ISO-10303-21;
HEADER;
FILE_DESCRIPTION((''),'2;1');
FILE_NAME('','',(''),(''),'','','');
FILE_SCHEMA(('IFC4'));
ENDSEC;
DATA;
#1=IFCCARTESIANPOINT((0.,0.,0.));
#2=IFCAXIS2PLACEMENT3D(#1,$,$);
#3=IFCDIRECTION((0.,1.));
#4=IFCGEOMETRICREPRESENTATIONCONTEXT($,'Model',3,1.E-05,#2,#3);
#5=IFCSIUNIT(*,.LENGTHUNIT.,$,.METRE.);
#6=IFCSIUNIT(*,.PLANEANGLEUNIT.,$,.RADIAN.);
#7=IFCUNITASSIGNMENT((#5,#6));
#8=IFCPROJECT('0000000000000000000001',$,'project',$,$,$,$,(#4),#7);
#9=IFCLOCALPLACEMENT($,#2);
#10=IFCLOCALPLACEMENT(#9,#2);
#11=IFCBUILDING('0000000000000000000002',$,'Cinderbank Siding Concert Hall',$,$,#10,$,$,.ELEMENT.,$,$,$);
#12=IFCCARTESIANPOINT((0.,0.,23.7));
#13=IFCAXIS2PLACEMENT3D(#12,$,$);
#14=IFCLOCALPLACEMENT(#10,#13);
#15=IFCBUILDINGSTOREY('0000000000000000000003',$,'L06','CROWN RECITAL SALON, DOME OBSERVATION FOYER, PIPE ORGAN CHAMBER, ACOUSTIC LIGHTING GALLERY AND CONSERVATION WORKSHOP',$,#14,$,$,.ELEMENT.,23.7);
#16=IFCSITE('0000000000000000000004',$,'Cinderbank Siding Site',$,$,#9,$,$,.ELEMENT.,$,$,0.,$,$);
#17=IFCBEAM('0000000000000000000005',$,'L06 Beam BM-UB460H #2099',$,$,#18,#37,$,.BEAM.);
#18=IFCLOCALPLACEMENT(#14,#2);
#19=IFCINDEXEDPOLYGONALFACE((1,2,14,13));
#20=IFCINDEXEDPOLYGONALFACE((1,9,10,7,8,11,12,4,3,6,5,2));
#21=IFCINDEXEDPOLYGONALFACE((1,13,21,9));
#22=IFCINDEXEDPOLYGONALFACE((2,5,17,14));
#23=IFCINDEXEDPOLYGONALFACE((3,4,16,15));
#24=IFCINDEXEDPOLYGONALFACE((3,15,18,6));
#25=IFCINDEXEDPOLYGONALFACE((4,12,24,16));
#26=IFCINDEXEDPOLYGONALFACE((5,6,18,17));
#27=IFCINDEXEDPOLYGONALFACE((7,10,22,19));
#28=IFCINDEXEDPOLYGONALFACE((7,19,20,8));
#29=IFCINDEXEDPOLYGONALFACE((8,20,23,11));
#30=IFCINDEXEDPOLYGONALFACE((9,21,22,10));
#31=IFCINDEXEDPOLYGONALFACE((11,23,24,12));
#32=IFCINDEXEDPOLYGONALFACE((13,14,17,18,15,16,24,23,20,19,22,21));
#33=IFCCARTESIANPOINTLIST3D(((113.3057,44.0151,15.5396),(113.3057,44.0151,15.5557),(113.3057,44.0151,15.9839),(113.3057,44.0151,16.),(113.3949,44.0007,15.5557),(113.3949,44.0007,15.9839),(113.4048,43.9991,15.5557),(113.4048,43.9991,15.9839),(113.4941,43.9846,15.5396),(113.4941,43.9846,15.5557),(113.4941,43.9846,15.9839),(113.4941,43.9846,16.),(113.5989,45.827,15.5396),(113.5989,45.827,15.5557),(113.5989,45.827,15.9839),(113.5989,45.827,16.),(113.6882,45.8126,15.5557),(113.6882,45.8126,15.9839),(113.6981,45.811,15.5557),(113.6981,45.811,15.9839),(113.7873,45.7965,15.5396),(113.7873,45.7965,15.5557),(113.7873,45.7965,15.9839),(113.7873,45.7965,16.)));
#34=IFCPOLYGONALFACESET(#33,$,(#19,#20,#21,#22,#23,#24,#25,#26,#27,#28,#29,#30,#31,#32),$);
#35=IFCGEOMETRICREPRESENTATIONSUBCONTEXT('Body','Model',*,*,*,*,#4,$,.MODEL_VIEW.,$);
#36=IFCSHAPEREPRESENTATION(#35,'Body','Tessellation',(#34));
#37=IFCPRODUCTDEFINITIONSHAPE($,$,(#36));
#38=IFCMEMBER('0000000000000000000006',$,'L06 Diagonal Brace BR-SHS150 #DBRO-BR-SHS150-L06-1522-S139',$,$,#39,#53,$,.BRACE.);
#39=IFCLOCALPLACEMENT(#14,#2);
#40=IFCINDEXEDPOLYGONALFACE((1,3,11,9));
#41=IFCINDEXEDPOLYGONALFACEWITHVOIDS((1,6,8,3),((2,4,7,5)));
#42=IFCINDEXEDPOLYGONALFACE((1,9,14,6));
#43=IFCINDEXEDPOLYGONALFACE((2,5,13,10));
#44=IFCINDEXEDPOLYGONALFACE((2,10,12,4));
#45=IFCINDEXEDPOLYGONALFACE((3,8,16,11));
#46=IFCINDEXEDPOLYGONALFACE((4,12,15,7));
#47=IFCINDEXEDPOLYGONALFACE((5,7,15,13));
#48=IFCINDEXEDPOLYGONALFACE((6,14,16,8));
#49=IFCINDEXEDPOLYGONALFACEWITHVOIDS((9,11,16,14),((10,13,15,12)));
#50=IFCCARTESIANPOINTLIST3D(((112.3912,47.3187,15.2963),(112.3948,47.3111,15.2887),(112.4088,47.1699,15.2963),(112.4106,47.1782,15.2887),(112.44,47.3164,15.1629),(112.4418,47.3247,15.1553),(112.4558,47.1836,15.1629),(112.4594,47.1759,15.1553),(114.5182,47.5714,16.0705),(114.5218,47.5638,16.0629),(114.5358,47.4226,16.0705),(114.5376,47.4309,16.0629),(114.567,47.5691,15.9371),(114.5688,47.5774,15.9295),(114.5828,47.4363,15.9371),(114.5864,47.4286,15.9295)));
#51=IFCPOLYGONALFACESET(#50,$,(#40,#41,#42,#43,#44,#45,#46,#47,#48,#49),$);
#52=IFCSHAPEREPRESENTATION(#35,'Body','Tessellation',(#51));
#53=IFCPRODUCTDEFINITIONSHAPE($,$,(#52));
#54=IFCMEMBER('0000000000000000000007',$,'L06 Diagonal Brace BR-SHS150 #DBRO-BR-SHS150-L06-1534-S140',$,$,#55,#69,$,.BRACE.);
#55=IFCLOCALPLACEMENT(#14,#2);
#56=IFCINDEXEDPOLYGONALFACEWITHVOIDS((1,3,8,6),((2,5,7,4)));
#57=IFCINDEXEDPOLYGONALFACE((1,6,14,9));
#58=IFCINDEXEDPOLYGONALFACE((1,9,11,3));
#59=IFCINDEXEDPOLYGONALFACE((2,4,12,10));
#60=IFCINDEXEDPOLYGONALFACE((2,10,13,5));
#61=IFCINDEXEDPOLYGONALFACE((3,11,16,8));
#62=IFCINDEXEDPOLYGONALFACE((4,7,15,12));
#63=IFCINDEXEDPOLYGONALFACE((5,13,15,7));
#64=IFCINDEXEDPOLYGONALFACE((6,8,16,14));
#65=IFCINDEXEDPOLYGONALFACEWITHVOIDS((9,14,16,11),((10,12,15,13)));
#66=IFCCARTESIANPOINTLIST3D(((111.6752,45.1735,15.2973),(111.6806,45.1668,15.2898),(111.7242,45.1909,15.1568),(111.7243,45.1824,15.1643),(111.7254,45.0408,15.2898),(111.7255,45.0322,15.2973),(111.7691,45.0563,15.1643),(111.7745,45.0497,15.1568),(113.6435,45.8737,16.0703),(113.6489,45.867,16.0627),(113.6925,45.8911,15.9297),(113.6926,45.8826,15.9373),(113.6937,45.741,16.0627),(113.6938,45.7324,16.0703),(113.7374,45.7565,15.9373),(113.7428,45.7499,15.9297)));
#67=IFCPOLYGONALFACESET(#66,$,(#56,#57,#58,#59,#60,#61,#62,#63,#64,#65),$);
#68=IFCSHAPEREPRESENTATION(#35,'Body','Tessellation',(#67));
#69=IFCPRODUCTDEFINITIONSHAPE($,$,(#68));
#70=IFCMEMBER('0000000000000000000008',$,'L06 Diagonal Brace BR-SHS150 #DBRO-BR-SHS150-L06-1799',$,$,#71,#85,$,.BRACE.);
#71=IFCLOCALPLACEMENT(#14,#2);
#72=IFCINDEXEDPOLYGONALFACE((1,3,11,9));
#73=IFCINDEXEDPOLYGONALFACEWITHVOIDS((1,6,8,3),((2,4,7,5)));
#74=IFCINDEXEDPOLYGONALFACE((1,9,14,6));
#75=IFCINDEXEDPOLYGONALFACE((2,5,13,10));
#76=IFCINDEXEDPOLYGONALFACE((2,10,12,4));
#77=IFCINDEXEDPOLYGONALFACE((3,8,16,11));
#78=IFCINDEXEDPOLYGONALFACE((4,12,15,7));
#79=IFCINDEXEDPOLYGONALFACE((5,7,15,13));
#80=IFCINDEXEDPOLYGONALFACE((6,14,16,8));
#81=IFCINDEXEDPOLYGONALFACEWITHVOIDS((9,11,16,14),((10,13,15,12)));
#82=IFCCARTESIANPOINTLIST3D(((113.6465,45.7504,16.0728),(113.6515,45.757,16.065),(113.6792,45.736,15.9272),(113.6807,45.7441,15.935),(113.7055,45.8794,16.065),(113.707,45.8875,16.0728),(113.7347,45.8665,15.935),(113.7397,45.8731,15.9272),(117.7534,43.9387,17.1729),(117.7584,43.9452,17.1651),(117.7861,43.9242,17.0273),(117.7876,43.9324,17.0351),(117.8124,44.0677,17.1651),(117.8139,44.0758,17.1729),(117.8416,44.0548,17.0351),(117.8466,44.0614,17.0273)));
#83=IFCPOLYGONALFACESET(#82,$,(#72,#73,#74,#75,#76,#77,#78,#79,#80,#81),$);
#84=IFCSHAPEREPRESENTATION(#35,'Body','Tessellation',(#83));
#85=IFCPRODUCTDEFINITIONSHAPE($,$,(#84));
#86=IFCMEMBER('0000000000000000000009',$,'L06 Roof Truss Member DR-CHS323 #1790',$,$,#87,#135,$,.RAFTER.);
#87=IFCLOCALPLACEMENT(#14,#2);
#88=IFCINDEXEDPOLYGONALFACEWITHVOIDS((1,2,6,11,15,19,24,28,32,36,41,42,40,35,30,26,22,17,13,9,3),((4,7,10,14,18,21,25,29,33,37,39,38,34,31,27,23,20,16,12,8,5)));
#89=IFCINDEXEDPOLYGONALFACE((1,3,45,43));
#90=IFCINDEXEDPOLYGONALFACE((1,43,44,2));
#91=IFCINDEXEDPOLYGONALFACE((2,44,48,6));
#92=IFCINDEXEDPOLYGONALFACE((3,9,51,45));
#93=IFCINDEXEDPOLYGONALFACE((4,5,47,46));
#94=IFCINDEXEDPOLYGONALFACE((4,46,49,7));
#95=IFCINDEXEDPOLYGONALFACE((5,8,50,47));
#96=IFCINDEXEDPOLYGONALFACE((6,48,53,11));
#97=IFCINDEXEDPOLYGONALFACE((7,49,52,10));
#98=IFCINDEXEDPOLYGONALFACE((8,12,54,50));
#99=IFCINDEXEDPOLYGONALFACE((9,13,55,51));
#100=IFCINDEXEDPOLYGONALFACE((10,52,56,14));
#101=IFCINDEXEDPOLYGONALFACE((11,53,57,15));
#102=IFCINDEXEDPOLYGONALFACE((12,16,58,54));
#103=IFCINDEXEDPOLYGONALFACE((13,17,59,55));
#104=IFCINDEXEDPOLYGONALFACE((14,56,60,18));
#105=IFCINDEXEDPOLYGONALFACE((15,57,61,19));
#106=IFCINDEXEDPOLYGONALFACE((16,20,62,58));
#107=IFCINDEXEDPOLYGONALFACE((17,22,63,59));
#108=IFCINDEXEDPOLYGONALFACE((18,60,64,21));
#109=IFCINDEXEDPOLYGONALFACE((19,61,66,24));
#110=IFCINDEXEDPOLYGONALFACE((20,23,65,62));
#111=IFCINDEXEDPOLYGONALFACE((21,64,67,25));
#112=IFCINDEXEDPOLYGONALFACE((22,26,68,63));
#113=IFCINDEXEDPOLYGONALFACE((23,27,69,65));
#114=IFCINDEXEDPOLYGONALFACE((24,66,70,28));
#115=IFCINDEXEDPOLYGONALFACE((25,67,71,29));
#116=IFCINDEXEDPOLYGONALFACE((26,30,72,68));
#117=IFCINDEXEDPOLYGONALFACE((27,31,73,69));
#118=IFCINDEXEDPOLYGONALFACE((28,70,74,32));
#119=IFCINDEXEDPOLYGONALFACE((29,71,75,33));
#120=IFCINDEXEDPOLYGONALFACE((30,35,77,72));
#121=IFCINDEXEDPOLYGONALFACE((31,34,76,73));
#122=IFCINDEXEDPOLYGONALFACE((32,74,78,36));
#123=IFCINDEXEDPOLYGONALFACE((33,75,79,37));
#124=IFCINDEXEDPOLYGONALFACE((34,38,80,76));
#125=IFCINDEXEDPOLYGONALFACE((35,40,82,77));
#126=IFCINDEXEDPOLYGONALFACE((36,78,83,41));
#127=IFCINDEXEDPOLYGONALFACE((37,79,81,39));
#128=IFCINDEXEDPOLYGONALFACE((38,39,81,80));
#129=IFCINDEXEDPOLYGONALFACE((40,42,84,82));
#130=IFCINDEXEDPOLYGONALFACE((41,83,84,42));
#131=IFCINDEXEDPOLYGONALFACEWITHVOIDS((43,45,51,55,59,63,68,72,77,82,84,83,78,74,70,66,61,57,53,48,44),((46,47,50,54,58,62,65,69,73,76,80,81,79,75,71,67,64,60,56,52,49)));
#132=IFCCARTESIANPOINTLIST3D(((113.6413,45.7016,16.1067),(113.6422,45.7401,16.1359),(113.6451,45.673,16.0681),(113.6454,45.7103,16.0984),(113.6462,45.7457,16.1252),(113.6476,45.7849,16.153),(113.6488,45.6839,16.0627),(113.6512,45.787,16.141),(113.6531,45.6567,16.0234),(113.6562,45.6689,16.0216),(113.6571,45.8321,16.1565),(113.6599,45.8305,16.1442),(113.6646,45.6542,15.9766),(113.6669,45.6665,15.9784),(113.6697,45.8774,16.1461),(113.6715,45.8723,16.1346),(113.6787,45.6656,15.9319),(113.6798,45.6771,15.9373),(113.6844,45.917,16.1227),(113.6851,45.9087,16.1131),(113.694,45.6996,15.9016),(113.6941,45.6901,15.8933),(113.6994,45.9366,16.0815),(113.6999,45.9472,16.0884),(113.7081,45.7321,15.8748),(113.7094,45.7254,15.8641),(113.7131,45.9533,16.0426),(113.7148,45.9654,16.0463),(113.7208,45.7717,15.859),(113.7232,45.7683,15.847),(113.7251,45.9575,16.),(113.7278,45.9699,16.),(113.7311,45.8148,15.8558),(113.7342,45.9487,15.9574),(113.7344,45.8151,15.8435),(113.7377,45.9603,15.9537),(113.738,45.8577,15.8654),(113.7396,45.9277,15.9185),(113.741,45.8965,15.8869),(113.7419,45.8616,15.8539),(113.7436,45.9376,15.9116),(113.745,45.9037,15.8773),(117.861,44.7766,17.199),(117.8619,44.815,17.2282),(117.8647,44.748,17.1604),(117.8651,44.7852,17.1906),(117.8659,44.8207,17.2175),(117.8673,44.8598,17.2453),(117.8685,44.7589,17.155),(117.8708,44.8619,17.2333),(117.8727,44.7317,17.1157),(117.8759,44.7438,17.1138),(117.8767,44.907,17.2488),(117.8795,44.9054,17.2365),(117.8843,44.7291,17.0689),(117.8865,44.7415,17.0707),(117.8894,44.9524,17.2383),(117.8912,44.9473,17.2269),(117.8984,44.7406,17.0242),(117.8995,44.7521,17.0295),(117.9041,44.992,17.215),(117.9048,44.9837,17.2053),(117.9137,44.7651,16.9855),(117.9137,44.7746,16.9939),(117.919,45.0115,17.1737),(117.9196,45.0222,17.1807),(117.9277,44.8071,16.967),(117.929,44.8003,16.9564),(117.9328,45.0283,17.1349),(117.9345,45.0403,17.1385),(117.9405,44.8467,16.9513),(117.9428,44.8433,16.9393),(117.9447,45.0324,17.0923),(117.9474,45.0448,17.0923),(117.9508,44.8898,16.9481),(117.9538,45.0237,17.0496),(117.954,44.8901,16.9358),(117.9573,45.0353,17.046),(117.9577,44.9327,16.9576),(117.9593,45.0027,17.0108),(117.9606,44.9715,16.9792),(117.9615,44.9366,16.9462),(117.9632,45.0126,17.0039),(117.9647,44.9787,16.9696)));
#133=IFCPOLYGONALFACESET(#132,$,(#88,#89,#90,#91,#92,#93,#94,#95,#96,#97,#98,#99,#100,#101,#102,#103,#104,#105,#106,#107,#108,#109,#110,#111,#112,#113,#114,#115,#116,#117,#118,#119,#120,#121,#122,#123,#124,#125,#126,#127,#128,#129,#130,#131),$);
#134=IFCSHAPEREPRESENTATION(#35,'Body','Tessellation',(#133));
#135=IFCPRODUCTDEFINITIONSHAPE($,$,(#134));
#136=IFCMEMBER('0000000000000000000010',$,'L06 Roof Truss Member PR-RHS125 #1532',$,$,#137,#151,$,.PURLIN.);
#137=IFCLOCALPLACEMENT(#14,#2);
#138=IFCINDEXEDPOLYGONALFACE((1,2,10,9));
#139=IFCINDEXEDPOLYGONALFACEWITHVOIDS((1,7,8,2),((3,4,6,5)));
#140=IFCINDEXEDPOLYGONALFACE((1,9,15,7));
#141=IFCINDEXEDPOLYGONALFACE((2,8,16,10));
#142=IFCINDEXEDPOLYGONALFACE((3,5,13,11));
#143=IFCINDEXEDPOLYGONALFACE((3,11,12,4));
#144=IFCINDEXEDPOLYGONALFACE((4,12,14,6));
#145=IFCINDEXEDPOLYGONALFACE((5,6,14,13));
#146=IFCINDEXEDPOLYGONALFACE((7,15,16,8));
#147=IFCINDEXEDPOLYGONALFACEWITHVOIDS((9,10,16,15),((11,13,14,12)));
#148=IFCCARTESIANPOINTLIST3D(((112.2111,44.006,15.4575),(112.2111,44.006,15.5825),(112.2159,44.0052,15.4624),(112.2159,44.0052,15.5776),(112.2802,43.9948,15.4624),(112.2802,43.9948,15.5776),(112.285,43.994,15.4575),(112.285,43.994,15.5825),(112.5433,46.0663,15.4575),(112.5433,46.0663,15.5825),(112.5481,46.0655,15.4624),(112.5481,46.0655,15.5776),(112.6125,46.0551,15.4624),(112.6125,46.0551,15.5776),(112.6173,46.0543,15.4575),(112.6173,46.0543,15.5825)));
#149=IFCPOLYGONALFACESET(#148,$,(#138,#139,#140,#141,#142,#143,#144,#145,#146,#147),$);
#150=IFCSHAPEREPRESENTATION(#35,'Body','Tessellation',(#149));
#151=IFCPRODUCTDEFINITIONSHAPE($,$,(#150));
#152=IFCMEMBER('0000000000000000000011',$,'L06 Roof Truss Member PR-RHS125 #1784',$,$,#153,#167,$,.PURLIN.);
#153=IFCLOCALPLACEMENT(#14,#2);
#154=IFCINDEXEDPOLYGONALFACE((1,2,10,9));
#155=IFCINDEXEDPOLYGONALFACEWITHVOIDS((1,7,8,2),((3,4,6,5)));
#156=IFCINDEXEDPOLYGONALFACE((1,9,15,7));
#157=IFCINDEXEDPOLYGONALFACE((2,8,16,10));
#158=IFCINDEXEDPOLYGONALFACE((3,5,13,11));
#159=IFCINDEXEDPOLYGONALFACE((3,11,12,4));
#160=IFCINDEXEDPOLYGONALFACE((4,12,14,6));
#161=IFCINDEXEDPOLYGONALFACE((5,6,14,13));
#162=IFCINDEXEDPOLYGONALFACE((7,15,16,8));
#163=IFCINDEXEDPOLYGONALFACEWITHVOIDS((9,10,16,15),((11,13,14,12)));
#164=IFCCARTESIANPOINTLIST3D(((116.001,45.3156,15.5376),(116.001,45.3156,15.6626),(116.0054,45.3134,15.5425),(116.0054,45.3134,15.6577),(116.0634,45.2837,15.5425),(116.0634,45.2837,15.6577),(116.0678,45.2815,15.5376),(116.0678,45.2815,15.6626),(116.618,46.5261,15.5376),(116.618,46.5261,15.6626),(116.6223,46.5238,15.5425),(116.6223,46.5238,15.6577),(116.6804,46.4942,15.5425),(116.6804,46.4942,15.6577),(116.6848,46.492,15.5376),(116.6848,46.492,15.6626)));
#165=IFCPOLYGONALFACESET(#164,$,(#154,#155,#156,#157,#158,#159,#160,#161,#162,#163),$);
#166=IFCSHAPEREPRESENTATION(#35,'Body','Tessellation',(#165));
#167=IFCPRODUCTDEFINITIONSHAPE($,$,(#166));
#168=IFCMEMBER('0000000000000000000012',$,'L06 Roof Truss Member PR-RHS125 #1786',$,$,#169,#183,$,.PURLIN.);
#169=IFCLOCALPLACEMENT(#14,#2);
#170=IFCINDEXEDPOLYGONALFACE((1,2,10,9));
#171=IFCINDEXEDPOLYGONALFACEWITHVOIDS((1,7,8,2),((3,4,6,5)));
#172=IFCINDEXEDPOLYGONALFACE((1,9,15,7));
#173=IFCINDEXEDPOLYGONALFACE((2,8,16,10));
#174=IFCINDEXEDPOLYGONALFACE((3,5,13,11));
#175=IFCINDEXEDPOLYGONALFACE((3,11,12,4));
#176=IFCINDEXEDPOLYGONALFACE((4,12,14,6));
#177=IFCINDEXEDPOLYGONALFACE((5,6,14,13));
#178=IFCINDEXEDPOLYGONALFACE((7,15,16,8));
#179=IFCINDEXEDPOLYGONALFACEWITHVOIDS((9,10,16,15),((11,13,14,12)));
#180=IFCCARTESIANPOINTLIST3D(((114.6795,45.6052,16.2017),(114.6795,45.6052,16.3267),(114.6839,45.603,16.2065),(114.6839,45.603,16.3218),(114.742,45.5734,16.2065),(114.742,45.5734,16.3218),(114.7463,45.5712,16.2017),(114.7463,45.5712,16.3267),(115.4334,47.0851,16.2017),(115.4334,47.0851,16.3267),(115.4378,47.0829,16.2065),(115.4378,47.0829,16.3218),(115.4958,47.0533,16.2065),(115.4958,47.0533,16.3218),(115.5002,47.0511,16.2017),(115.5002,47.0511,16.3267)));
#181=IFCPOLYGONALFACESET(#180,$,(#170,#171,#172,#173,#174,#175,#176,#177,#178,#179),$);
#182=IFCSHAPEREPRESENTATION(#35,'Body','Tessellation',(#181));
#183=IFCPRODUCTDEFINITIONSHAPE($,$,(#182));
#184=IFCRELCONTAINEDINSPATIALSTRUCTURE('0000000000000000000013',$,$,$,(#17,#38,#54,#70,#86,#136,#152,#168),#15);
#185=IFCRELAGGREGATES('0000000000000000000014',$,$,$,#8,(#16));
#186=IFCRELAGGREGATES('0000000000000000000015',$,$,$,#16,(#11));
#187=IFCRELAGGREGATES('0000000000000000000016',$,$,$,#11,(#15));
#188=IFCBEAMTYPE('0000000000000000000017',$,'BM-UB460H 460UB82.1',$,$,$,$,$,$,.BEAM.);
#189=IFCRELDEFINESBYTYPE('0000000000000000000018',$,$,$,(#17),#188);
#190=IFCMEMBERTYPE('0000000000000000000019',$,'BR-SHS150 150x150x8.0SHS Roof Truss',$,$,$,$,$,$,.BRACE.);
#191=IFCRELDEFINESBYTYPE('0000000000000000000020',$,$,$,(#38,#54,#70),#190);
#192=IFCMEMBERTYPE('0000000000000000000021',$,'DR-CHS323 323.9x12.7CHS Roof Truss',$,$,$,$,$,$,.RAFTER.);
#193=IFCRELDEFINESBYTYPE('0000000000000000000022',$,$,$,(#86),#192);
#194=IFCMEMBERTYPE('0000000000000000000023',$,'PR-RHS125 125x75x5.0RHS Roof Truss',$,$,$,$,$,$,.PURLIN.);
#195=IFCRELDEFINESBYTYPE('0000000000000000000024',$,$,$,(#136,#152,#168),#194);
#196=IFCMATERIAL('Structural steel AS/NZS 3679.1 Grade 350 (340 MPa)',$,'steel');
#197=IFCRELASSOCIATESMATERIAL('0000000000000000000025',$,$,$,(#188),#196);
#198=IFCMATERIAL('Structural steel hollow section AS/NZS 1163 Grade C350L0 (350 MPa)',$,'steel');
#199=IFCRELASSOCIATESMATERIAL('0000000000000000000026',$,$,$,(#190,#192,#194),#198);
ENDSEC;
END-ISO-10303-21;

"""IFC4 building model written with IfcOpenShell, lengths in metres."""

from ifc_helpers import new_model, si_unit, direction, frame, origin, origin_2d, place, context, subcontext, project, spatial, hollow_rectangle, hollow_circle, i_section, extrude, material, material_profile, profile_set, type_object, element, save


model = new_model("IFC4")

# Units and contexts
model_context = context("Model", 3, precision=1e-05, world=origin(), true_north=direction((0.0, 1.0)))
body_context = subcontext(model_context, "Body", "Model", "MODEL_VIEW")
ifc_project = project(units=[si_unit("LENGTHUNIT", "METRE"), si_unit("PLANEANGLEUNIT", "RADIAN")], contexts=[model_context])

# Site, building, storey
site_placement = place(None, origin())
site = spatial("IfcSite", under=ifc_project, at=site_placement, Name="Cinderbank Siding Site", CompositionType="ELEMENT", RefElevation=0.0)
building_placement = place(site_placement, origin())
building = spatial("IfcBuilding", under=site, at=building_placement, Name="Cinderbank Siding Concert Hall", CompositionType="ELEMENT")
storey_placement = place(building_placement, frame((0.0, 0.0, 23.7)))
storey = spatial("IfcBuildingStorey", under=building, at=storey_placement, Name="L06", Description="CROWN RECITAL SALON, DOME OBSERVATION FOYER, PIPE ORGAN CHAMBER, ACOUSTIC LIGHTING GALLERY AND CONSERVATION WORKSHOP", CompositionType="ELEMENT", Elevation=23.7)

# Beam
ifc_material_1 = material(Name="Structural steel AS/NZS 3679.1 Grade 350 (340 MPa)", Category="steel")
ifc_material_profile_1 = material_profile(ifc_material_1, i_section(OverallWidth=0.1909, OverallDepth=0.4604, WebThickness=0.01, FlangeThickness=0.0161, at=origin_2d()), Name="460UB82.1", Category="LoadBearing")
ifc_profile_set_1 = profile_set([ifc_material_profile_1], Name="Structural steel AS/NZS 3679.1 Grade 350 (340 MPa)")
beam_type = type_object("IfcBeamType", Name="BM-UB460H 460UB82.1", PredefinedType="BEAM", material=ifc_profile_set_1)
beam_placement = place(storey_placement, frame((113.6931, 45.8118, 15.7698), z_axis=(-0.159759, -0.987156, 0.0), x_axis=(0.987156, -0.159759, 0.0)))
element("IfcBeam", 1, at=beam_placement, inside=storey, type_object=beam_type, Name="L06 Beam BM-UB460H #2099", PredefinedType="BEAM", context=body_context, shape_type="SweptSolid", body=[
    extrude(i_section(OverallWidth=0.1909, OverallDepth=0.4604, WebThickness=0.01, FlangeThickness=0.0161, at=origin_2d()), origin(), (0.0, 0.0, 1.0), 1.8354),
])

# Members
ifc_material_2 = material(Name="Structural steel hollow section AS/NZS 1163 Grade C350L0 (350 MPa)", Category="steel")
ifc_material_profile_2 = material_profile(ifc_material_2, hollow_rectangle(XDim=0.1499, YDim=0.1499, WallThickness=0.0081, at=origin_2d()), Name="150x150x8.0SHS", Category="LoadBearing")
ifc_profile_set_2 = profile_set([ifc_material_profile_2], Name="Structural steel hollow section AS/NZS 1163 Grade C350L0 (350 MPa)")
member_type_1 = type_object("IfcMemberType", Name="BR-SHS150 150x150x8.0SHS Roof Truss", PredefinedType="BRACE", material=ifc_profile_set_2)
member_1_placement = place(storey_placement, frame((112.4253, 47.2473, 15.2258), z_axis=(0.933888, 0.110947, 0.339917), x_axis=(-0.117972, 0.993017, 0.0)))
element("IfcMember", 2, at=member_1_placement, inside=storey, type_object=member_type_1, Name="L06 Diagonal Brace BR-SHS150 #DBRO-BR-SHS150-L06-1522-S139", PredefinedType="BRACE", context=body_context, shape_type="SweptSolid", body=[
    extrude(hollow_rectangle(XDim=0.1499, YDim=0.1499, WallThickness=0.0081, at=origin_2d()), origin(), (0.0, 0.0, 1.0), 2.2776),
])
member_2_placement = place(storey_placement, frame((111.7249, 45.1116, 15.2271), z_axis=(0.883617, 0.314341, 0.347002), x_axis=(-0.335166, 0.942159, 0.0)))
element("IfcMember", 3, at=member_2_placement, inside=storey, type_object=member_type_1, Name="L06 Diagonal Brace BR-SHS150 #DBRO-BR-SHS150-L06-1534-S140", PredefinedType="BRACE", context=body_context, shape_type="SweptSolid", body=[
    extrude(hollow_rectangle(XDim=0.1499, YDim=0.1499, WallThickness=0.0081, at=origin_2d()), origin(), (0.0, 0.0, 1.0), 2.2275),
])
member_3_placement = place(storey_placement, frame((113.6931, 45.8118, 16.0), z_axis=(0.88863, -0.392018, 0.238032), x_axis=(0.403619, 0.914927, 0.0)))
element("IfcMember", 4, at=member_3_placement, inside=storey, type_object=member_type_1, Name="L06 Diagonal Brace BR-SHS150 #DBRO-BR-SHS150-L06-1799", PredefinedType="BRACE", context=body_context, shape_type="SweptSolid", body=[
    extrude(hollow_rectangle(XDim=0.1499, YDim=0.1499, WallThickness=0.0081, at=origin_2d()), origin(), (0.0, 0.0, 1.0), 4.6216),
])
ifc_material_profile_3 = material_profile(ifc_material_2, hollow_circle(Radius=0.1619, WallThickness=0.0127, at=origin_2d()), Name="323.9x12.7CHS", Category="LoadBearing")
ifc_profile_set_3 = profile_set([ifc_material_profile_3], Name="Structural steel hollow section AS/NZS 1163 Grade C350L0 (350 MPa)")
member_type_2 = type_object("IfcMemberType", Name="DR-CHS323 323.9x12.7CHS Roof Truss", PredefinedType="RAFTER", material=ifc_profile_set_3)
member_4_placement = place(storey_placement, frame((113.6931, 45.8118, 16.0), z_axis=(0.947001, -0.207602, 0.245133), x_axis=(0.214135, 0.976804, 0.0)))
element("IfcMember", 5, at=member_4_placement, inside=storey, type_object=member_type_2, Name="L06 Roof Truss Member DR-CHS323 #1790", PredefinedType="RAFTER", context=body_context, shape_type="SweptSolid", body=[
    extrude(hollow_circle(Radius=0.1619, WallThickness=0.0127, at=origin_2d()), origin(), (0.0, 0.0, 1.0), 4.4558),
])
ifc_material_profile_4 = material_profile(ifc_material_2, hollow_rectangle(XDim=0.075, YDim=0.125, WallThickness=0.0049, at=origin_2d()), Name="125x75x5.0RHS", Category="LoadBearing")
ifc_profile_set_4 = profile_set([ifc_material_profile_4], Name="Structural steel hollow section AS/NZS 1163 Grade C350L0 (350 MPa)")
member_type_3 = type_object("IfcMemberType", Name="PR-RHS125 125x75x5.0RHS Roof Truss", PredefinedType="PURLIN", material=ifc_profile_set_4)
member_5_placement = place(storey_placement, frame((112.5803, 46.0603, 15.52), z_axis=(-0.159218, -0.987243, 0.0), x_axis=(0.987243, -0.159218, 0.0)))
element("IfcMember", 6, at=member_5_placement, inside=storey, type_object=member_type_3, Name="L06 Roof Truss Member PR-RHS125 #1532", PredefinedType="PURLIN", context=body_context, shape_type="SweptSolid", body=[
    extrude(hollow_rectangle(XDim=0.075, YDim=0.125, WallThickness=0.0049, at=origin_2d()), origin(), (0.0, 0.0, 1.0), 2.0869),
])
member_6_placement = place(storey_placement, frame((116.6514, 46.509, 15.6001), z_axis=(-0.454101, -0.89095, 0.0), x_axis=(0.89095, -0.454101, 0.0)))
element("IfcMember", 7, at=member_6_placement, inside=storey, type_object=member_type_3, Name="L06 Roof Truss Member PR-RHS125 #1784", PredefinedType="PURLIN", context=body_context, shape_type="SweptSolid", body=[
    extrude(hollow_rectangle(XDim=0.075, YDim=0.125, WallThickness=0.0049, at=origin_2d()), origin(), (0.0, 0.0, 1.0), 1.3586),
])
member_7_placement = place(storey_placement, frame((115.4668, 47.0681, 16.2642), z_axis=(-0.453904, -0.891051, 0.0), x_axis=(0.891051, -0.453904, 0.0)))
element("IfcMember", 8, at=member_7_placement, inside=storey, type_object=member_type_3, Name="L06 Roof Truss Member PR-RHS125 #1786", PredefinedType="PURLIN", context=body_context, shape_type="SweptSolid", body=[
    extrude(hollow_rectangle(XDim=0.075, YDim=0.125, WallThickness=0.0049, at=origin_2d()), origin(), (0.0, 0.0, 1.0), 1.6609),
])

save(model, "model.ifc")
